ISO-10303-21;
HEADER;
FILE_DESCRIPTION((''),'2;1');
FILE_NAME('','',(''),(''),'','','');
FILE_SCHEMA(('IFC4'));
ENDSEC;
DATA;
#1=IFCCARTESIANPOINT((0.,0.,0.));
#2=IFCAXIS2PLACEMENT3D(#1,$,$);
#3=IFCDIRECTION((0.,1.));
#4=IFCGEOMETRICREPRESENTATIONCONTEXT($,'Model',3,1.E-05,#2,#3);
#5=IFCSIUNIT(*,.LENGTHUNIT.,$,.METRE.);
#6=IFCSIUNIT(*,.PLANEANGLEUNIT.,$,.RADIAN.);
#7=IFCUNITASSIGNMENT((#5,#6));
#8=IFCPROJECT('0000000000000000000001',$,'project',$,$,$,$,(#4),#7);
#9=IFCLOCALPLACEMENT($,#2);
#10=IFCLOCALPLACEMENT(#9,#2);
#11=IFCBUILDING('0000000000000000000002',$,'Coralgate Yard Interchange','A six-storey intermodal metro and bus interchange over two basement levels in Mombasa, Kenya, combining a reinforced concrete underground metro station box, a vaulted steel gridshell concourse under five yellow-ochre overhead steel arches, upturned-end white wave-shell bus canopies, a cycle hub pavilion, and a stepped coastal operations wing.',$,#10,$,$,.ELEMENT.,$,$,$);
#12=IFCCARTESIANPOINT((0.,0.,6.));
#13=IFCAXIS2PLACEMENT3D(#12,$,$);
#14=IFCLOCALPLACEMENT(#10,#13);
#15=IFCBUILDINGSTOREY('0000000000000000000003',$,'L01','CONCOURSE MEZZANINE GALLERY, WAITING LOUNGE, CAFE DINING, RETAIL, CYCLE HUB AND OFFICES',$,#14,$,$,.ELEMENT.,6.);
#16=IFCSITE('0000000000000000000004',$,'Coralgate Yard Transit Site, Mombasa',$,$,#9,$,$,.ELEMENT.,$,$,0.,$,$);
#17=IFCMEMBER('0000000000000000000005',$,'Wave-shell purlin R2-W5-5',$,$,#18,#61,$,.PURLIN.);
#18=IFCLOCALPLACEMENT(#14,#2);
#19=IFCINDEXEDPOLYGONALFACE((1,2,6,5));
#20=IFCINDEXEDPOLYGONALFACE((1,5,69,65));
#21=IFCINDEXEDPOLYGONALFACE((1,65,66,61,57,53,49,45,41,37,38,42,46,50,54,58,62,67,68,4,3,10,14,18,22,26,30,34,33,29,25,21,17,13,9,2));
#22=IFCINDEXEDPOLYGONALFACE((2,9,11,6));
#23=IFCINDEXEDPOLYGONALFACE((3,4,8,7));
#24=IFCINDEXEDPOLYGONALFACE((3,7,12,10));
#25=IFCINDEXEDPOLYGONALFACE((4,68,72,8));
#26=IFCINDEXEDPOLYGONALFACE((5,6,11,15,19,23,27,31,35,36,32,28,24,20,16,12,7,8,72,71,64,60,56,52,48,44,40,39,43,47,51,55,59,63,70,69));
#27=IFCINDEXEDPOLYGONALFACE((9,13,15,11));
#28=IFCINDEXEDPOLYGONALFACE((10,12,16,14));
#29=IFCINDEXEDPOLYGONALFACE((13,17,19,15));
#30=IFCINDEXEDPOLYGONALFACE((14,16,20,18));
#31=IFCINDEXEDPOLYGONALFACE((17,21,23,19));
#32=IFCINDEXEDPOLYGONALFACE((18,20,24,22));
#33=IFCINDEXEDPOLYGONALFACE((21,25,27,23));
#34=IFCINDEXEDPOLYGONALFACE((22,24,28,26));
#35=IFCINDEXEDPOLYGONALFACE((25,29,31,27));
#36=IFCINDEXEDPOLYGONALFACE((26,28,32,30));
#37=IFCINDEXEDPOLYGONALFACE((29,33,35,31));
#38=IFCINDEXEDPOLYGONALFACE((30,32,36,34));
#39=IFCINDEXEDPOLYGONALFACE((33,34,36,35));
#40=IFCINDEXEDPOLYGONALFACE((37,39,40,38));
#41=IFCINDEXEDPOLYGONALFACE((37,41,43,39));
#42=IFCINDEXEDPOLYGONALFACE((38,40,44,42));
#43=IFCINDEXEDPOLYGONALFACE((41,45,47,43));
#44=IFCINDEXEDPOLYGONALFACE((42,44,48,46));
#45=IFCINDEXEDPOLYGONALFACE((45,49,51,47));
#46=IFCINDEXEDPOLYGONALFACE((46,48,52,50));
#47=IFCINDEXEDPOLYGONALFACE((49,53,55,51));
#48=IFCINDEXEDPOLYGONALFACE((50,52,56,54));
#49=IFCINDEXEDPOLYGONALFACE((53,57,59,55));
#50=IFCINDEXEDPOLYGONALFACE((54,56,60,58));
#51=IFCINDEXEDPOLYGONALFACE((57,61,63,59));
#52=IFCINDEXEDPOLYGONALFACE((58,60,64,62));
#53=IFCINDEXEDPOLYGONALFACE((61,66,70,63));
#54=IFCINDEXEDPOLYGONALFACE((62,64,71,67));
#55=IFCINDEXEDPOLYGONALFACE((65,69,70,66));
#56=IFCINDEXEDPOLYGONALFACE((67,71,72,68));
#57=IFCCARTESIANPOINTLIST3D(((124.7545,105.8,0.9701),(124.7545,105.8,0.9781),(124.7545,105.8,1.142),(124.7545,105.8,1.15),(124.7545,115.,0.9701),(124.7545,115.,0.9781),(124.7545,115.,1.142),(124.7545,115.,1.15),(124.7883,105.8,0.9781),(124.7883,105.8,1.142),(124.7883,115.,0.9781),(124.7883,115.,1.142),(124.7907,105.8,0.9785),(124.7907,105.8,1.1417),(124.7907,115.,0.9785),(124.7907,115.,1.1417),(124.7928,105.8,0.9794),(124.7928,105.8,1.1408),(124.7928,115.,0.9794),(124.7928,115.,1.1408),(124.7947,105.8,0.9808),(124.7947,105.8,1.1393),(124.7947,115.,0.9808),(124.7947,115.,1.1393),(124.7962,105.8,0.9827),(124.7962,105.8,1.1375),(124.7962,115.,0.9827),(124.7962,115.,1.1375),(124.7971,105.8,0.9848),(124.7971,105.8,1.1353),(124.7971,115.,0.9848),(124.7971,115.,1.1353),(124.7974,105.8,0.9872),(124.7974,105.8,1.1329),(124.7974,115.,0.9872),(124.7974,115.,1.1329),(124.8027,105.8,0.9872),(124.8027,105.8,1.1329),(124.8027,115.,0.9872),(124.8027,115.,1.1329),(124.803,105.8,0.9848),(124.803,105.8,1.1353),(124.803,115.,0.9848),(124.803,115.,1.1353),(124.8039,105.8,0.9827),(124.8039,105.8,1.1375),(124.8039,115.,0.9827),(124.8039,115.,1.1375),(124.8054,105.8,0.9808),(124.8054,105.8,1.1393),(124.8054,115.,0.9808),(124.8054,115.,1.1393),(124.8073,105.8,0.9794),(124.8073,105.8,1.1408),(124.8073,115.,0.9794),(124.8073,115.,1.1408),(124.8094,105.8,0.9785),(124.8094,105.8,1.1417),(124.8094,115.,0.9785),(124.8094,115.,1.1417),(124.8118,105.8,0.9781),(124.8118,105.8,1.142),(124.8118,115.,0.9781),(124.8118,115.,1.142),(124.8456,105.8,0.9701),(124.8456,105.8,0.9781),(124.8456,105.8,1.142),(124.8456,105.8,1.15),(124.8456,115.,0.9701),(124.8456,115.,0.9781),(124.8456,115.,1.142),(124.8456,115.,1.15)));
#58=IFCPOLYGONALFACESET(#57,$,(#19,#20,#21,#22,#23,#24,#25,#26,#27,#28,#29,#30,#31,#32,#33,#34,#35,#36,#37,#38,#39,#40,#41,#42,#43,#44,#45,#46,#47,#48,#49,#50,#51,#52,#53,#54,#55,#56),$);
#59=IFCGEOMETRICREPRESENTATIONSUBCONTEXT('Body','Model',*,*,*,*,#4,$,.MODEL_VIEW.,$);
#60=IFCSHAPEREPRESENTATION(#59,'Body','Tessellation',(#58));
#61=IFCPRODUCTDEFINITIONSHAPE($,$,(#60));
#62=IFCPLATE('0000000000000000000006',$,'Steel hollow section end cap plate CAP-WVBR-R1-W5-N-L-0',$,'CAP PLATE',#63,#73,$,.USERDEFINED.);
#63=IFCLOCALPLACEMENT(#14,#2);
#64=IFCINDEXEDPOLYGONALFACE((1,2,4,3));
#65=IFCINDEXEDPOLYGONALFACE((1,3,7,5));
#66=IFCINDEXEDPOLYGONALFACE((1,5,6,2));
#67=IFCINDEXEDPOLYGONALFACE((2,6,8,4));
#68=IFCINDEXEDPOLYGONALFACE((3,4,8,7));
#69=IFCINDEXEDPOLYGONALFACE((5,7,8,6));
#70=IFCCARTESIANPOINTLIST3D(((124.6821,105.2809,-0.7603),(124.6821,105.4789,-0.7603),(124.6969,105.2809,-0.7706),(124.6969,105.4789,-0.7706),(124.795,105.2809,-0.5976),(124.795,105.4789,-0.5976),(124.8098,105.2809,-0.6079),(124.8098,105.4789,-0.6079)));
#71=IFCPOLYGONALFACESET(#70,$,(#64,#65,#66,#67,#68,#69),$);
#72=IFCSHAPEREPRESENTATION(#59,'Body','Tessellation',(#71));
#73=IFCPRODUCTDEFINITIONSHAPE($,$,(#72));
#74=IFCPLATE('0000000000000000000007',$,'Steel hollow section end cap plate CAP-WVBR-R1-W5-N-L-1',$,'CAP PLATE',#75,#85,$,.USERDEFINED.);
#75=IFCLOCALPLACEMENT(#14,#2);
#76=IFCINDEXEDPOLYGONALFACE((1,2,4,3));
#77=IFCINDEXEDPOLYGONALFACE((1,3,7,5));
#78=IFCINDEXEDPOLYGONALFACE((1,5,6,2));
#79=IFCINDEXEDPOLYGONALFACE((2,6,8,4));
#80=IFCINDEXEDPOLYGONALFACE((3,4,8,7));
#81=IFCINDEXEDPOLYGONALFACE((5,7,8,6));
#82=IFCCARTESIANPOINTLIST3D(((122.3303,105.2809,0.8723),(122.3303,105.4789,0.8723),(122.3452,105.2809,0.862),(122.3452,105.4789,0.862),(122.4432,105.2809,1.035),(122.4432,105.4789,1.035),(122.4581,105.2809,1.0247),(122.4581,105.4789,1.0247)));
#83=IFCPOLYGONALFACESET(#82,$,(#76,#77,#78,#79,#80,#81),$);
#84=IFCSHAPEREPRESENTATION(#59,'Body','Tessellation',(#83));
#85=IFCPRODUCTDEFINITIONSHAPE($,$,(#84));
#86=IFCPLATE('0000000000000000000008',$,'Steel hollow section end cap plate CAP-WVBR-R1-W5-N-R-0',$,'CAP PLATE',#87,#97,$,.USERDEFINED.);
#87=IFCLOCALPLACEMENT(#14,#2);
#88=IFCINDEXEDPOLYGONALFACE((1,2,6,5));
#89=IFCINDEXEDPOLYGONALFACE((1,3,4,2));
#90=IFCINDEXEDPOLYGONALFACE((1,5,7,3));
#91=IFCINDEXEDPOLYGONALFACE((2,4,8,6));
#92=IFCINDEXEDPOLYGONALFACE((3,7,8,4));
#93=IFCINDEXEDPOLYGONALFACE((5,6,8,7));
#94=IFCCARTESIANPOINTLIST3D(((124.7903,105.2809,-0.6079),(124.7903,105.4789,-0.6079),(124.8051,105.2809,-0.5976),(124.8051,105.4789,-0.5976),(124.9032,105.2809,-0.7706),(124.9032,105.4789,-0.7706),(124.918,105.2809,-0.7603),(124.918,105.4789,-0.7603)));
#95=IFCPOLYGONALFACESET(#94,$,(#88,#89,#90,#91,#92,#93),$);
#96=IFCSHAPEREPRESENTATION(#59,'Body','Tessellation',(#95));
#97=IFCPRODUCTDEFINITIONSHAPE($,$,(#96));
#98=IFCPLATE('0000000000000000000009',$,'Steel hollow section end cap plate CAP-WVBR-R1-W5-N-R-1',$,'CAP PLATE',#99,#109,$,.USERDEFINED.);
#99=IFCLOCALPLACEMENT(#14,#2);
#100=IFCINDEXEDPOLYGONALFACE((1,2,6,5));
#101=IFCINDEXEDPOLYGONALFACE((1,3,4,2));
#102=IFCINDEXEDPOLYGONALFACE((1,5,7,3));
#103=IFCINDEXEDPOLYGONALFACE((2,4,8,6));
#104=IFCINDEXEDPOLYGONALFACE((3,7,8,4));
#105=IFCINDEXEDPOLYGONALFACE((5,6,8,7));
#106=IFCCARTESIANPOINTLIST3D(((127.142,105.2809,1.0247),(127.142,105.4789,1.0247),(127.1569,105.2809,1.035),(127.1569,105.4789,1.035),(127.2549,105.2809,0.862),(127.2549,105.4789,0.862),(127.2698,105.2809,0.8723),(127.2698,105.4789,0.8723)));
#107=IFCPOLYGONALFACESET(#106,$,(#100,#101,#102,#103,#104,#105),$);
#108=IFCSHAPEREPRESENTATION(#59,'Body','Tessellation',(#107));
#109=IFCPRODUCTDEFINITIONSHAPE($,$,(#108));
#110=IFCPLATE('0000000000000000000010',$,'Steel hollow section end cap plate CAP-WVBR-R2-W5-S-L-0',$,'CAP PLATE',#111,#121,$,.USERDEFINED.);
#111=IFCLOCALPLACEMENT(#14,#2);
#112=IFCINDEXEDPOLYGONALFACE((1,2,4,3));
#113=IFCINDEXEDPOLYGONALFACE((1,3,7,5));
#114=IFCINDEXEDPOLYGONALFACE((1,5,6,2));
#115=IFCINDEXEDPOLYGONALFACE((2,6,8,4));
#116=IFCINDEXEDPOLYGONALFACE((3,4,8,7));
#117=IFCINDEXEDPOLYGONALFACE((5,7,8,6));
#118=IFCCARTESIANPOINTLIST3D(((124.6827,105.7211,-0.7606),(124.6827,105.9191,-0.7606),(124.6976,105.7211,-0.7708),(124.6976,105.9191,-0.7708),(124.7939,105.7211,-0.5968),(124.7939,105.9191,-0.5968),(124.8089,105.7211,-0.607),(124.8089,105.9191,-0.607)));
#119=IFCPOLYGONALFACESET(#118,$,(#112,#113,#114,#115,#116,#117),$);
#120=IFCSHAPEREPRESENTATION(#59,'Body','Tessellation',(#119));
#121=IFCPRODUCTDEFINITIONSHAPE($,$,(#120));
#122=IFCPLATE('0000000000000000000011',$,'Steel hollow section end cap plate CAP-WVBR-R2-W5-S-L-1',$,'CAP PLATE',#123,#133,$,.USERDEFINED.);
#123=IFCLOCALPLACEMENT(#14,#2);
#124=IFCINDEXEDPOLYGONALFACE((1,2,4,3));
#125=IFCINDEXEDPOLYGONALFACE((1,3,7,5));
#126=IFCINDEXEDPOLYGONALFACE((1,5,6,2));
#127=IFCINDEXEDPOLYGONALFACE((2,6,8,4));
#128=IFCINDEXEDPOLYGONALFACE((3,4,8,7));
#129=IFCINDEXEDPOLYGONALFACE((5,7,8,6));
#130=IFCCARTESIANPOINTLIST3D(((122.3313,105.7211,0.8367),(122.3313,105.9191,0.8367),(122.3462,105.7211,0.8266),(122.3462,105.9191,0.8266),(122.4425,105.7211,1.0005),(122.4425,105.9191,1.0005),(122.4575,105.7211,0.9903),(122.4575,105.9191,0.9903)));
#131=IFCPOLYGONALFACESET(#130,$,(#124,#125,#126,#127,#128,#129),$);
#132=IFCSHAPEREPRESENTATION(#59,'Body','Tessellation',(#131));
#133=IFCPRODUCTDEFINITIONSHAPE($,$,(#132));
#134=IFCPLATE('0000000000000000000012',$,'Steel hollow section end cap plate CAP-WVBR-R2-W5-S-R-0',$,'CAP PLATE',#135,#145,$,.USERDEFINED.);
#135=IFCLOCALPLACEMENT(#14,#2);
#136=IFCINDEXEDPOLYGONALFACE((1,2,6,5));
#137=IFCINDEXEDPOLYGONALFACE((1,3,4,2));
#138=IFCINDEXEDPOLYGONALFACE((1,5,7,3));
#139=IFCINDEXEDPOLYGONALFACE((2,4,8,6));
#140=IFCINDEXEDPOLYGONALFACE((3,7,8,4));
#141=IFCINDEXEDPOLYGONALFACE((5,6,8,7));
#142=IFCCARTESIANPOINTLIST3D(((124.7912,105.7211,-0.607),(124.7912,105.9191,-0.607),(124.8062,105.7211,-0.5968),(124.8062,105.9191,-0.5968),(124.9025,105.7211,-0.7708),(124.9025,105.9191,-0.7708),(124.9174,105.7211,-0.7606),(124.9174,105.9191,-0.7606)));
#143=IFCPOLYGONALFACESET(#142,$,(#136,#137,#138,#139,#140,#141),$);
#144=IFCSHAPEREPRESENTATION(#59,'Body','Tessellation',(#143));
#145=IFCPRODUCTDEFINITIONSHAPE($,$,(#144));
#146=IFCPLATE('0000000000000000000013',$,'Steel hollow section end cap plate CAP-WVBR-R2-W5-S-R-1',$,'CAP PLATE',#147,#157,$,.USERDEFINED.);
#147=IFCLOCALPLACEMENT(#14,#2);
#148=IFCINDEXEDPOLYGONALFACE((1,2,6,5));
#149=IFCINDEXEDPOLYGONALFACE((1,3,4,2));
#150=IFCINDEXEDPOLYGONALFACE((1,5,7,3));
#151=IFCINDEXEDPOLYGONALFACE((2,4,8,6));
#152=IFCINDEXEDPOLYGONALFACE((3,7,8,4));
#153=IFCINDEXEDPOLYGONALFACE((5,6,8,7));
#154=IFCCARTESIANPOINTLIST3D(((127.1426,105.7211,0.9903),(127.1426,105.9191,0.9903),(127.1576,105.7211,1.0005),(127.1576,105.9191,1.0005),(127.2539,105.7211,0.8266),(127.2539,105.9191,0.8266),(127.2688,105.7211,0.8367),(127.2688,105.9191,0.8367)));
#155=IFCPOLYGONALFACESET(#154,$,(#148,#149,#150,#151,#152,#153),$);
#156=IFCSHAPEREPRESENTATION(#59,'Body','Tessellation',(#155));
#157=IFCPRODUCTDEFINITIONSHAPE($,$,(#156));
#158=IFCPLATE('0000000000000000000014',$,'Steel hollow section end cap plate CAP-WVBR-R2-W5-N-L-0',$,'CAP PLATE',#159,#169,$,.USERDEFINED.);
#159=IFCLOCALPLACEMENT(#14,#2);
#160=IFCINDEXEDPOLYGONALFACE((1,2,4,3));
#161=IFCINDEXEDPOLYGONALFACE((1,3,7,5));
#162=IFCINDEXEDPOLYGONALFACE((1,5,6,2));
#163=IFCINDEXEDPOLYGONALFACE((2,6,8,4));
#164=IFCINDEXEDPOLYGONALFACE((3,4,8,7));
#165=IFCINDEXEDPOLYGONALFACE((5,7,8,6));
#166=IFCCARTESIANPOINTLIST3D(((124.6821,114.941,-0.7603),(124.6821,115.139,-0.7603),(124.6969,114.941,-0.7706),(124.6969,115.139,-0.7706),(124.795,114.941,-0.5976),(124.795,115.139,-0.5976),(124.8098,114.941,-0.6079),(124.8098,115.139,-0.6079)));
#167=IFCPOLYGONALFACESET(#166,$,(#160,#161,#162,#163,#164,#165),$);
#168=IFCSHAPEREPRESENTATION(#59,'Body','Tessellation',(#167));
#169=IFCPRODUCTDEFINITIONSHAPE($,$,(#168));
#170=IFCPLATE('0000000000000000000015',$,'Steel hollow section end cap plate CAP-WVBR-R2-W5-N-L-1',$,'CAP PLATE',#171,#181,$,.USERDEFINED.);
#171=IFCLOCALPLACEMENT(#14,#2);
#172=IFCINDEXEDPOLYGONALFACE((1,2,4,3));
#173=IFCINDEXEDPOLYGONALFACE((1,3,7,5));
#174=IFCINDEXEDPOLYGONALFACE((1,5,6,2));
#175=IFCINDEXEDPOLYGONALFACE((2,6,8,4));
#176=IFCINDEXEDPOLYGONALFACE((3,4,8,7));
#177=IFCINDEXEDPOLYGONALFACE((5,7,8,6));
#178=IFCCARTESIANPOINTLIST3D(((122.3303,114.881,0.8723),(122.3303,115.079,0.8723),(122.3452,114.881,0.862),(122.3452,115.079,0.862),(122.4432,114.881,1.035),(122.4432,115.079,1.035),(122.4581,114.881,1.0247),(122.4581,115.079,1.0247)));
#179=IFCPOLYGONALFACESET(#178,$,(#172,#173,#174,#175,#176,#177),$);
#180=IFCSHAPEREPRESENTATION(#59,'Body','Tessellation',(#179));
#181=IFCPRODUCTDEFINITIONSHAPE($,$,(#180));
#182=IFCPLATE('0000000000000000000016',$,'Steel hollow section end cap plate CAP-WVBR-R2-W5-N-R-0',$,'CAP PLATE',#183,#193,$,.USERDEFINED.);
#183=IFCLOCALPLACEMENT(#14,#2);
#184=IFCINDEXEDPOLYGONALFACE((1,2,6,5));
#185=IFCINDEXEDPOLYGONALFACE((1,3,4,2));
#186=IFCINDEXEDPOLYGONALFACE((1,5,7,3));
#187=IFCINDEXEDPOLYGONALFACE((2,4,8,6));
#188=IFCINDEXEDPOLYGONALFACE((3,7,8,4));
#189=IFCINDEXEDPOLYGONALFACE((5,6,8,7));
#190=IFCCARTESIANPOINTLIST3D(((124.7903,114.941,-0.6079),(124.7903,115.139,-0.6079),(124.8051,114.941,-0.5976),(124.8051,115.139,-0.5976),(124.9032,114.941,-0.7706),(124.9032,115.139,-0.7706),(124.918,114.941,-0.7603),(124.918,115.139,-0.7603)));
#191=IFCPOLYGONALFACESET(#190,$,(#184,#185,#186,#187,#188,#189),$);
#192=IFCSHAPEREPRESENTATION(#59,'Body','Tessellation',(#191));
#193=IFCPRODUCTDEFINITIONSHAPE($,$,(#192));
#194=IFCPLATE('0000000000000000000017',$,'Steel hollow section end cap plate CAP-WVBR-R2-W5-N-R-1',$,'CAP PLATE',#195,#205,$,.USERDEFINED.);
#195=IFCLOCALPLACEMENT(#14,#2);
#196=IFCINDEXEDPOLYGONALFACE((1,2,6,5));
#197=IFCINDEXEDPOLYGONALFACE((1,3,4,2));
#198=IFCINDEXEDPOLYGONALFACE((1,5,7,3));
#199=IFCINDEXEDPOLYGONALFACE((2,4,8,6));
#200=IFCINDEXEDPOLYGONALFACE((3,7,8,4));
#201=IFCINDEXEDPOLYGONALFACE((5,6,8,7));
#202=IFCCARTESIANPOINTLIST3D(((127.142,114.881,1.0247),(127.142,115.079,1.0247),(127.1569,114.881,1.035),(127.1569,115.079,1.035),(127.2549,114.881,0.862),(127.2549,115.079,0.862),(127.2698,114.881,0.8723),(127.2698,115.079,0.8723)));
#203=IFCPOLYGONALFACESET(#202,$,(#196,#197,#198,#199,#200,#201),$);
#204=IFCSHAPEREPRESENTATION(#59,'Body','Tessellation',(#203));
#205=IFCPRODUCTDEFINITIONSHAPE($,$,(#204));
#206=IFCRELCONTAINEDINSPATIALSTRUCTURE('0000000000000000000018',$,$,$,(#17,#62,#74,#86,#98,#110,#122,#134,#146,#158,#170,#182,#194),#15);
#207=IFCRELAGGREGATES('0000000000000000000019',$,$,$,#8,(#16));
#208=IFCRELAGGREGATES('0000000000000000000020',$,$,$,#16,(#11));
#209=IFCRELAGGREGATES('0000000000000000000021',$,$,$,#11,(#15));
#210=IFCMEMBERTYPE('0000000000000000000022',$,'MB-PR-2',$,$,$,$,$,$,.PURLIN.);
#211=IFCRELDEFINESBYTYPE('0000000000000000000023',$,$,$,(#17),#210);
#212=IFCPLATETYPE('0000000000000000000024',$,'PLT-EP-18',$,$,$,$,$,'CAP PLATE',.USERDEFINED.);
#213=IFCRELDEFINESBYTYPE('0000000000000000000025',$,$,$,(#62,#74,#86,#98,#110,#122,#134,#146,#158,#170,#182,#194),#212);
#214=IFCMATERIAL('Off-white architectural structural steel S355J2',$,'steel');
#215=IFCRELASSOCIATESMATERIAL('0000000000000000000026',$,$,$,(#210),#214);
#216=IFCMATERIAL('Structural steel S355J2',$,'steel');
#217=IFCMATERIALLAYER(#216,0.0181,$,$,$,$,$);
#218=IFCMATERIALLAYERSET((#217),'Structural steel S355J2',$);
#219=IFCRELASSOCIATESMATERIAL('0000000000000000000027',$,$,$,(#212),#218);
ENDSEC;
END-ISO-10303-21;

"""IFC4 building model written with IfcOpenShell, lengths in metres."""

from ifc_helpers import new_model, si_unit, direction, frame, origin, origin_2d, place, context, subcontext, project, spatial, rectangle, i_section, extrude, material, layer, layer_set, material_profile, profile_set, type_object, element, save


model = new_model("IFC4")

# Units and contexts
model_context = context("Model", 3, precision=1e-05, world=origin(), true_north=direction((0.0, 1.0)))
body_context = subcontext(model_context, "Body", "Model", "MODEL_VIEW")
ifc_project = project(units=[si_unit("LENGTHUNIT", "METRE"), si_unit("PLANEANGLEUNIT", "RADIAN")], contexts=[model_context])

# Site, building, storey
site_placement = place(None, origin())
site = spatial("IfcSite", under=ifc_project, at=site_placement, Name="Coralgate Yard Transit Site, Mombasa", CompositionType="ELEMENT", RefElevation=0.0)
building_placement = place(site_placement, origin())
building = spatial("IfcBuilding", under=site, at=building_placement, Name="Coralgate Yard Interchange", Description="A six-storey intermodal metro and bus interchange over two basement levels in Mombasa, Kenya, combining a reinforced concrete underground metro station box, a vaulted steel gridshell concourse under five yellow-ochre overhead steel arches, upturned-end white wave-shell bus canopies, a cycle hub pavilion, and a stepped coastal operations wing.", CompositionType="ELEMENT")
storey_placement = place(building_placement, frame((0.0, 0.0, 6.0)))
storey = spatial("IfcBuildingStorey", under=building, at=storey_placement, Name="L01", Description="CONCOURSE MEZZANINE GALLERY, WAITING LOUNGE, CAFE DINING, RETAIL, CYCLE HUB AND OFFICES", CompositionType="ELEMENT", Elevation=6.0)

# Shared definitions
ifc_material_1 = material(Name="Off-white architectural structural steel S355J2", Category="steel")

# Member
ifc_material_profile_1 = material_profile(ifc_material_1, i_section(OverallWidth=0.0911, OverallDepth=0.1799, WebThickness=0.0054, FlangeThickness=0.0081, FilletRadius=0.009, at=origin_2d()), Name="IPE 180")
ifc_profile_set_1 = profile_set([ifc_material_profile_1], Name="Off-white architectural structural steel S355J2")
member_type_1 = type_object("IfcMemberType", Name="MB-PR-2", PredefinedType="PURLIN", material=ifc_profile_set_1)
for number, where, z_axis, x_axis, name in (
    (1, (124.8, 105.8, 1.0601), (0.0, 1.0, 0.0), (-1.0, 0.0, 0.0), "Wave-shell purlin R2-W5-5"),
):
    element("IfcMember", number, at=place(storey_placement, frame(where, z_axis=z_axis, x_axis=x_axis)), inside=storey, type_object=member_type_1, Name=name, PredefinedType="PURLIN", context=body_context, shape_type="SweptSolid", body=[
        extrude(i_section(OverallWidth=0.0911, OverallDepth=0.1799, WebThickness=0.0054, FlangeThickness=0.0081, FilletRadius=0.009, at=origin_2d()), origin(), (0.0, 0.0, 1.0), 9.2),
    ])

# Plates
ifc_material_2 = material(Name="Structural steel S355J2", Category="steel")
ifc_layer = layer(ifc_material_2, 0.0181)
ifc_layer_set = layer_set([ifc_layer], Name="Structural steel S355J2")
plate_type = type_object("IfcPlateType", Name="PLT-EP-18", ElementType="CAP PLATE", PredefinedType="USERDEFINED", material=ifc_layer_set)
for number, where, z_axis, x_axis, name in (
    (2, (124.7385, 105.3799, -0.679), (0.821436, 0.0, -0.570301), (0.0, 1.0, 0.0), "Steel hollow section end cap plate CAP-WVBR-R1-W5-N-L-0"),
    (3, (122.4016, 105.3799, 0.9434), (-0.821436, 0.0, 0.570301), (0.0, -1.0, 0.0), "Steel hollow section end cap plate CAP-WVBR-R1-W5-N-L-1"),
    (4, (124.8616, 105.3799, -0.679), (-0.821436, 0.0, -0.570301), (0.0, -1.0, 0.0), "Steel hollow section end cap plate CAP-WVBR-R1-W5-N-R-0"),
    (5, (127.1985, 105.3799, 0.9434), (0.821436, 0.0, 0.570301), (0.0, 1.0, 0.0), "Steel hollow section end cap plate CAP-WVBR-R1-W5-N-R-1"),
    (6, (124.7383, 105.8201, -0.6787), (0.827189, 0.0, -0.561923), (0.0, 1.0, 0.0), "Steel hollow section end cap plate CAP-WVBR-R2-W5-S-L-0"),
    (7, (122.4019, 105.8201, 0.9084), (-0.827189, 0.0, 0.561923), (0.0, -1.0, 0.0), "Steel hollow section end cap plate CAP-WVBR-R2-W5-S-L-1"),
    (8, (124.8618, 105.8201, -0.6787), (-0.827189, 0.0, -0.561923), (0.0, -1.0, 0.0), "Steel hollow section end cap plate CAP-WVBR-R2-W5-S-R-0"),
    (9, (127.1982, 105.8201, 0.9084), (0.827189, 0.0, 0.561923), (0.0, 1.0, 0.0), "Steel hollow section end cap plate CAP-WVBR-R2-W5-S-R-1"),
    (10, (124.7385, 115.04, -0.679), (0.821436, 0.0, -0.570301), (0.0, 1.0, 0.0), "Steel hollow section end cap plate CAP-WVBR-R2-W5-N-L-0"),
    (11, (122.4016, 114.98, 0.9434), (-0.821436, 0.0, 0.570301), (0.0, -1.0, 0.0), "Steel hollow section end cap plate CAP-WVBR-R2-W5-N-L-1"),
    (12, (124.8616, 115.04, -0.679), (-0.821436, 0.0, -0.570301), (0.0, -1.0, 0.0), "Steel hollow section end cap plate CAP-WVBR-R2-W5-N-R-0"),
    (13, (127.1985, 114.98, 0.9434), (0.821436, 0.0, 0.570301), (0.0, 1.0, 0.0), "Steel hollow section end cap plate CAP-WVBR-R2-W5-N-R-1"),
):
    element("IfcPlate", number, at=place(storey_placement, frame(where, z_axis=z_axis, x_axis=x_axis)), inside=storey, type_object=plate_type, Name=name, ObjectType="CAP PLATE", PredefinedType="USERDEFINED", context=body_context, shape_type="SweptSolid", body=[
        extrude(rectangle(XDim=0.198, YDim=0.198, at=origin_2d()), origin(), (0.0, 0.0, 1.0), 0.0181),
    ])

save(model, "model.ifc")
